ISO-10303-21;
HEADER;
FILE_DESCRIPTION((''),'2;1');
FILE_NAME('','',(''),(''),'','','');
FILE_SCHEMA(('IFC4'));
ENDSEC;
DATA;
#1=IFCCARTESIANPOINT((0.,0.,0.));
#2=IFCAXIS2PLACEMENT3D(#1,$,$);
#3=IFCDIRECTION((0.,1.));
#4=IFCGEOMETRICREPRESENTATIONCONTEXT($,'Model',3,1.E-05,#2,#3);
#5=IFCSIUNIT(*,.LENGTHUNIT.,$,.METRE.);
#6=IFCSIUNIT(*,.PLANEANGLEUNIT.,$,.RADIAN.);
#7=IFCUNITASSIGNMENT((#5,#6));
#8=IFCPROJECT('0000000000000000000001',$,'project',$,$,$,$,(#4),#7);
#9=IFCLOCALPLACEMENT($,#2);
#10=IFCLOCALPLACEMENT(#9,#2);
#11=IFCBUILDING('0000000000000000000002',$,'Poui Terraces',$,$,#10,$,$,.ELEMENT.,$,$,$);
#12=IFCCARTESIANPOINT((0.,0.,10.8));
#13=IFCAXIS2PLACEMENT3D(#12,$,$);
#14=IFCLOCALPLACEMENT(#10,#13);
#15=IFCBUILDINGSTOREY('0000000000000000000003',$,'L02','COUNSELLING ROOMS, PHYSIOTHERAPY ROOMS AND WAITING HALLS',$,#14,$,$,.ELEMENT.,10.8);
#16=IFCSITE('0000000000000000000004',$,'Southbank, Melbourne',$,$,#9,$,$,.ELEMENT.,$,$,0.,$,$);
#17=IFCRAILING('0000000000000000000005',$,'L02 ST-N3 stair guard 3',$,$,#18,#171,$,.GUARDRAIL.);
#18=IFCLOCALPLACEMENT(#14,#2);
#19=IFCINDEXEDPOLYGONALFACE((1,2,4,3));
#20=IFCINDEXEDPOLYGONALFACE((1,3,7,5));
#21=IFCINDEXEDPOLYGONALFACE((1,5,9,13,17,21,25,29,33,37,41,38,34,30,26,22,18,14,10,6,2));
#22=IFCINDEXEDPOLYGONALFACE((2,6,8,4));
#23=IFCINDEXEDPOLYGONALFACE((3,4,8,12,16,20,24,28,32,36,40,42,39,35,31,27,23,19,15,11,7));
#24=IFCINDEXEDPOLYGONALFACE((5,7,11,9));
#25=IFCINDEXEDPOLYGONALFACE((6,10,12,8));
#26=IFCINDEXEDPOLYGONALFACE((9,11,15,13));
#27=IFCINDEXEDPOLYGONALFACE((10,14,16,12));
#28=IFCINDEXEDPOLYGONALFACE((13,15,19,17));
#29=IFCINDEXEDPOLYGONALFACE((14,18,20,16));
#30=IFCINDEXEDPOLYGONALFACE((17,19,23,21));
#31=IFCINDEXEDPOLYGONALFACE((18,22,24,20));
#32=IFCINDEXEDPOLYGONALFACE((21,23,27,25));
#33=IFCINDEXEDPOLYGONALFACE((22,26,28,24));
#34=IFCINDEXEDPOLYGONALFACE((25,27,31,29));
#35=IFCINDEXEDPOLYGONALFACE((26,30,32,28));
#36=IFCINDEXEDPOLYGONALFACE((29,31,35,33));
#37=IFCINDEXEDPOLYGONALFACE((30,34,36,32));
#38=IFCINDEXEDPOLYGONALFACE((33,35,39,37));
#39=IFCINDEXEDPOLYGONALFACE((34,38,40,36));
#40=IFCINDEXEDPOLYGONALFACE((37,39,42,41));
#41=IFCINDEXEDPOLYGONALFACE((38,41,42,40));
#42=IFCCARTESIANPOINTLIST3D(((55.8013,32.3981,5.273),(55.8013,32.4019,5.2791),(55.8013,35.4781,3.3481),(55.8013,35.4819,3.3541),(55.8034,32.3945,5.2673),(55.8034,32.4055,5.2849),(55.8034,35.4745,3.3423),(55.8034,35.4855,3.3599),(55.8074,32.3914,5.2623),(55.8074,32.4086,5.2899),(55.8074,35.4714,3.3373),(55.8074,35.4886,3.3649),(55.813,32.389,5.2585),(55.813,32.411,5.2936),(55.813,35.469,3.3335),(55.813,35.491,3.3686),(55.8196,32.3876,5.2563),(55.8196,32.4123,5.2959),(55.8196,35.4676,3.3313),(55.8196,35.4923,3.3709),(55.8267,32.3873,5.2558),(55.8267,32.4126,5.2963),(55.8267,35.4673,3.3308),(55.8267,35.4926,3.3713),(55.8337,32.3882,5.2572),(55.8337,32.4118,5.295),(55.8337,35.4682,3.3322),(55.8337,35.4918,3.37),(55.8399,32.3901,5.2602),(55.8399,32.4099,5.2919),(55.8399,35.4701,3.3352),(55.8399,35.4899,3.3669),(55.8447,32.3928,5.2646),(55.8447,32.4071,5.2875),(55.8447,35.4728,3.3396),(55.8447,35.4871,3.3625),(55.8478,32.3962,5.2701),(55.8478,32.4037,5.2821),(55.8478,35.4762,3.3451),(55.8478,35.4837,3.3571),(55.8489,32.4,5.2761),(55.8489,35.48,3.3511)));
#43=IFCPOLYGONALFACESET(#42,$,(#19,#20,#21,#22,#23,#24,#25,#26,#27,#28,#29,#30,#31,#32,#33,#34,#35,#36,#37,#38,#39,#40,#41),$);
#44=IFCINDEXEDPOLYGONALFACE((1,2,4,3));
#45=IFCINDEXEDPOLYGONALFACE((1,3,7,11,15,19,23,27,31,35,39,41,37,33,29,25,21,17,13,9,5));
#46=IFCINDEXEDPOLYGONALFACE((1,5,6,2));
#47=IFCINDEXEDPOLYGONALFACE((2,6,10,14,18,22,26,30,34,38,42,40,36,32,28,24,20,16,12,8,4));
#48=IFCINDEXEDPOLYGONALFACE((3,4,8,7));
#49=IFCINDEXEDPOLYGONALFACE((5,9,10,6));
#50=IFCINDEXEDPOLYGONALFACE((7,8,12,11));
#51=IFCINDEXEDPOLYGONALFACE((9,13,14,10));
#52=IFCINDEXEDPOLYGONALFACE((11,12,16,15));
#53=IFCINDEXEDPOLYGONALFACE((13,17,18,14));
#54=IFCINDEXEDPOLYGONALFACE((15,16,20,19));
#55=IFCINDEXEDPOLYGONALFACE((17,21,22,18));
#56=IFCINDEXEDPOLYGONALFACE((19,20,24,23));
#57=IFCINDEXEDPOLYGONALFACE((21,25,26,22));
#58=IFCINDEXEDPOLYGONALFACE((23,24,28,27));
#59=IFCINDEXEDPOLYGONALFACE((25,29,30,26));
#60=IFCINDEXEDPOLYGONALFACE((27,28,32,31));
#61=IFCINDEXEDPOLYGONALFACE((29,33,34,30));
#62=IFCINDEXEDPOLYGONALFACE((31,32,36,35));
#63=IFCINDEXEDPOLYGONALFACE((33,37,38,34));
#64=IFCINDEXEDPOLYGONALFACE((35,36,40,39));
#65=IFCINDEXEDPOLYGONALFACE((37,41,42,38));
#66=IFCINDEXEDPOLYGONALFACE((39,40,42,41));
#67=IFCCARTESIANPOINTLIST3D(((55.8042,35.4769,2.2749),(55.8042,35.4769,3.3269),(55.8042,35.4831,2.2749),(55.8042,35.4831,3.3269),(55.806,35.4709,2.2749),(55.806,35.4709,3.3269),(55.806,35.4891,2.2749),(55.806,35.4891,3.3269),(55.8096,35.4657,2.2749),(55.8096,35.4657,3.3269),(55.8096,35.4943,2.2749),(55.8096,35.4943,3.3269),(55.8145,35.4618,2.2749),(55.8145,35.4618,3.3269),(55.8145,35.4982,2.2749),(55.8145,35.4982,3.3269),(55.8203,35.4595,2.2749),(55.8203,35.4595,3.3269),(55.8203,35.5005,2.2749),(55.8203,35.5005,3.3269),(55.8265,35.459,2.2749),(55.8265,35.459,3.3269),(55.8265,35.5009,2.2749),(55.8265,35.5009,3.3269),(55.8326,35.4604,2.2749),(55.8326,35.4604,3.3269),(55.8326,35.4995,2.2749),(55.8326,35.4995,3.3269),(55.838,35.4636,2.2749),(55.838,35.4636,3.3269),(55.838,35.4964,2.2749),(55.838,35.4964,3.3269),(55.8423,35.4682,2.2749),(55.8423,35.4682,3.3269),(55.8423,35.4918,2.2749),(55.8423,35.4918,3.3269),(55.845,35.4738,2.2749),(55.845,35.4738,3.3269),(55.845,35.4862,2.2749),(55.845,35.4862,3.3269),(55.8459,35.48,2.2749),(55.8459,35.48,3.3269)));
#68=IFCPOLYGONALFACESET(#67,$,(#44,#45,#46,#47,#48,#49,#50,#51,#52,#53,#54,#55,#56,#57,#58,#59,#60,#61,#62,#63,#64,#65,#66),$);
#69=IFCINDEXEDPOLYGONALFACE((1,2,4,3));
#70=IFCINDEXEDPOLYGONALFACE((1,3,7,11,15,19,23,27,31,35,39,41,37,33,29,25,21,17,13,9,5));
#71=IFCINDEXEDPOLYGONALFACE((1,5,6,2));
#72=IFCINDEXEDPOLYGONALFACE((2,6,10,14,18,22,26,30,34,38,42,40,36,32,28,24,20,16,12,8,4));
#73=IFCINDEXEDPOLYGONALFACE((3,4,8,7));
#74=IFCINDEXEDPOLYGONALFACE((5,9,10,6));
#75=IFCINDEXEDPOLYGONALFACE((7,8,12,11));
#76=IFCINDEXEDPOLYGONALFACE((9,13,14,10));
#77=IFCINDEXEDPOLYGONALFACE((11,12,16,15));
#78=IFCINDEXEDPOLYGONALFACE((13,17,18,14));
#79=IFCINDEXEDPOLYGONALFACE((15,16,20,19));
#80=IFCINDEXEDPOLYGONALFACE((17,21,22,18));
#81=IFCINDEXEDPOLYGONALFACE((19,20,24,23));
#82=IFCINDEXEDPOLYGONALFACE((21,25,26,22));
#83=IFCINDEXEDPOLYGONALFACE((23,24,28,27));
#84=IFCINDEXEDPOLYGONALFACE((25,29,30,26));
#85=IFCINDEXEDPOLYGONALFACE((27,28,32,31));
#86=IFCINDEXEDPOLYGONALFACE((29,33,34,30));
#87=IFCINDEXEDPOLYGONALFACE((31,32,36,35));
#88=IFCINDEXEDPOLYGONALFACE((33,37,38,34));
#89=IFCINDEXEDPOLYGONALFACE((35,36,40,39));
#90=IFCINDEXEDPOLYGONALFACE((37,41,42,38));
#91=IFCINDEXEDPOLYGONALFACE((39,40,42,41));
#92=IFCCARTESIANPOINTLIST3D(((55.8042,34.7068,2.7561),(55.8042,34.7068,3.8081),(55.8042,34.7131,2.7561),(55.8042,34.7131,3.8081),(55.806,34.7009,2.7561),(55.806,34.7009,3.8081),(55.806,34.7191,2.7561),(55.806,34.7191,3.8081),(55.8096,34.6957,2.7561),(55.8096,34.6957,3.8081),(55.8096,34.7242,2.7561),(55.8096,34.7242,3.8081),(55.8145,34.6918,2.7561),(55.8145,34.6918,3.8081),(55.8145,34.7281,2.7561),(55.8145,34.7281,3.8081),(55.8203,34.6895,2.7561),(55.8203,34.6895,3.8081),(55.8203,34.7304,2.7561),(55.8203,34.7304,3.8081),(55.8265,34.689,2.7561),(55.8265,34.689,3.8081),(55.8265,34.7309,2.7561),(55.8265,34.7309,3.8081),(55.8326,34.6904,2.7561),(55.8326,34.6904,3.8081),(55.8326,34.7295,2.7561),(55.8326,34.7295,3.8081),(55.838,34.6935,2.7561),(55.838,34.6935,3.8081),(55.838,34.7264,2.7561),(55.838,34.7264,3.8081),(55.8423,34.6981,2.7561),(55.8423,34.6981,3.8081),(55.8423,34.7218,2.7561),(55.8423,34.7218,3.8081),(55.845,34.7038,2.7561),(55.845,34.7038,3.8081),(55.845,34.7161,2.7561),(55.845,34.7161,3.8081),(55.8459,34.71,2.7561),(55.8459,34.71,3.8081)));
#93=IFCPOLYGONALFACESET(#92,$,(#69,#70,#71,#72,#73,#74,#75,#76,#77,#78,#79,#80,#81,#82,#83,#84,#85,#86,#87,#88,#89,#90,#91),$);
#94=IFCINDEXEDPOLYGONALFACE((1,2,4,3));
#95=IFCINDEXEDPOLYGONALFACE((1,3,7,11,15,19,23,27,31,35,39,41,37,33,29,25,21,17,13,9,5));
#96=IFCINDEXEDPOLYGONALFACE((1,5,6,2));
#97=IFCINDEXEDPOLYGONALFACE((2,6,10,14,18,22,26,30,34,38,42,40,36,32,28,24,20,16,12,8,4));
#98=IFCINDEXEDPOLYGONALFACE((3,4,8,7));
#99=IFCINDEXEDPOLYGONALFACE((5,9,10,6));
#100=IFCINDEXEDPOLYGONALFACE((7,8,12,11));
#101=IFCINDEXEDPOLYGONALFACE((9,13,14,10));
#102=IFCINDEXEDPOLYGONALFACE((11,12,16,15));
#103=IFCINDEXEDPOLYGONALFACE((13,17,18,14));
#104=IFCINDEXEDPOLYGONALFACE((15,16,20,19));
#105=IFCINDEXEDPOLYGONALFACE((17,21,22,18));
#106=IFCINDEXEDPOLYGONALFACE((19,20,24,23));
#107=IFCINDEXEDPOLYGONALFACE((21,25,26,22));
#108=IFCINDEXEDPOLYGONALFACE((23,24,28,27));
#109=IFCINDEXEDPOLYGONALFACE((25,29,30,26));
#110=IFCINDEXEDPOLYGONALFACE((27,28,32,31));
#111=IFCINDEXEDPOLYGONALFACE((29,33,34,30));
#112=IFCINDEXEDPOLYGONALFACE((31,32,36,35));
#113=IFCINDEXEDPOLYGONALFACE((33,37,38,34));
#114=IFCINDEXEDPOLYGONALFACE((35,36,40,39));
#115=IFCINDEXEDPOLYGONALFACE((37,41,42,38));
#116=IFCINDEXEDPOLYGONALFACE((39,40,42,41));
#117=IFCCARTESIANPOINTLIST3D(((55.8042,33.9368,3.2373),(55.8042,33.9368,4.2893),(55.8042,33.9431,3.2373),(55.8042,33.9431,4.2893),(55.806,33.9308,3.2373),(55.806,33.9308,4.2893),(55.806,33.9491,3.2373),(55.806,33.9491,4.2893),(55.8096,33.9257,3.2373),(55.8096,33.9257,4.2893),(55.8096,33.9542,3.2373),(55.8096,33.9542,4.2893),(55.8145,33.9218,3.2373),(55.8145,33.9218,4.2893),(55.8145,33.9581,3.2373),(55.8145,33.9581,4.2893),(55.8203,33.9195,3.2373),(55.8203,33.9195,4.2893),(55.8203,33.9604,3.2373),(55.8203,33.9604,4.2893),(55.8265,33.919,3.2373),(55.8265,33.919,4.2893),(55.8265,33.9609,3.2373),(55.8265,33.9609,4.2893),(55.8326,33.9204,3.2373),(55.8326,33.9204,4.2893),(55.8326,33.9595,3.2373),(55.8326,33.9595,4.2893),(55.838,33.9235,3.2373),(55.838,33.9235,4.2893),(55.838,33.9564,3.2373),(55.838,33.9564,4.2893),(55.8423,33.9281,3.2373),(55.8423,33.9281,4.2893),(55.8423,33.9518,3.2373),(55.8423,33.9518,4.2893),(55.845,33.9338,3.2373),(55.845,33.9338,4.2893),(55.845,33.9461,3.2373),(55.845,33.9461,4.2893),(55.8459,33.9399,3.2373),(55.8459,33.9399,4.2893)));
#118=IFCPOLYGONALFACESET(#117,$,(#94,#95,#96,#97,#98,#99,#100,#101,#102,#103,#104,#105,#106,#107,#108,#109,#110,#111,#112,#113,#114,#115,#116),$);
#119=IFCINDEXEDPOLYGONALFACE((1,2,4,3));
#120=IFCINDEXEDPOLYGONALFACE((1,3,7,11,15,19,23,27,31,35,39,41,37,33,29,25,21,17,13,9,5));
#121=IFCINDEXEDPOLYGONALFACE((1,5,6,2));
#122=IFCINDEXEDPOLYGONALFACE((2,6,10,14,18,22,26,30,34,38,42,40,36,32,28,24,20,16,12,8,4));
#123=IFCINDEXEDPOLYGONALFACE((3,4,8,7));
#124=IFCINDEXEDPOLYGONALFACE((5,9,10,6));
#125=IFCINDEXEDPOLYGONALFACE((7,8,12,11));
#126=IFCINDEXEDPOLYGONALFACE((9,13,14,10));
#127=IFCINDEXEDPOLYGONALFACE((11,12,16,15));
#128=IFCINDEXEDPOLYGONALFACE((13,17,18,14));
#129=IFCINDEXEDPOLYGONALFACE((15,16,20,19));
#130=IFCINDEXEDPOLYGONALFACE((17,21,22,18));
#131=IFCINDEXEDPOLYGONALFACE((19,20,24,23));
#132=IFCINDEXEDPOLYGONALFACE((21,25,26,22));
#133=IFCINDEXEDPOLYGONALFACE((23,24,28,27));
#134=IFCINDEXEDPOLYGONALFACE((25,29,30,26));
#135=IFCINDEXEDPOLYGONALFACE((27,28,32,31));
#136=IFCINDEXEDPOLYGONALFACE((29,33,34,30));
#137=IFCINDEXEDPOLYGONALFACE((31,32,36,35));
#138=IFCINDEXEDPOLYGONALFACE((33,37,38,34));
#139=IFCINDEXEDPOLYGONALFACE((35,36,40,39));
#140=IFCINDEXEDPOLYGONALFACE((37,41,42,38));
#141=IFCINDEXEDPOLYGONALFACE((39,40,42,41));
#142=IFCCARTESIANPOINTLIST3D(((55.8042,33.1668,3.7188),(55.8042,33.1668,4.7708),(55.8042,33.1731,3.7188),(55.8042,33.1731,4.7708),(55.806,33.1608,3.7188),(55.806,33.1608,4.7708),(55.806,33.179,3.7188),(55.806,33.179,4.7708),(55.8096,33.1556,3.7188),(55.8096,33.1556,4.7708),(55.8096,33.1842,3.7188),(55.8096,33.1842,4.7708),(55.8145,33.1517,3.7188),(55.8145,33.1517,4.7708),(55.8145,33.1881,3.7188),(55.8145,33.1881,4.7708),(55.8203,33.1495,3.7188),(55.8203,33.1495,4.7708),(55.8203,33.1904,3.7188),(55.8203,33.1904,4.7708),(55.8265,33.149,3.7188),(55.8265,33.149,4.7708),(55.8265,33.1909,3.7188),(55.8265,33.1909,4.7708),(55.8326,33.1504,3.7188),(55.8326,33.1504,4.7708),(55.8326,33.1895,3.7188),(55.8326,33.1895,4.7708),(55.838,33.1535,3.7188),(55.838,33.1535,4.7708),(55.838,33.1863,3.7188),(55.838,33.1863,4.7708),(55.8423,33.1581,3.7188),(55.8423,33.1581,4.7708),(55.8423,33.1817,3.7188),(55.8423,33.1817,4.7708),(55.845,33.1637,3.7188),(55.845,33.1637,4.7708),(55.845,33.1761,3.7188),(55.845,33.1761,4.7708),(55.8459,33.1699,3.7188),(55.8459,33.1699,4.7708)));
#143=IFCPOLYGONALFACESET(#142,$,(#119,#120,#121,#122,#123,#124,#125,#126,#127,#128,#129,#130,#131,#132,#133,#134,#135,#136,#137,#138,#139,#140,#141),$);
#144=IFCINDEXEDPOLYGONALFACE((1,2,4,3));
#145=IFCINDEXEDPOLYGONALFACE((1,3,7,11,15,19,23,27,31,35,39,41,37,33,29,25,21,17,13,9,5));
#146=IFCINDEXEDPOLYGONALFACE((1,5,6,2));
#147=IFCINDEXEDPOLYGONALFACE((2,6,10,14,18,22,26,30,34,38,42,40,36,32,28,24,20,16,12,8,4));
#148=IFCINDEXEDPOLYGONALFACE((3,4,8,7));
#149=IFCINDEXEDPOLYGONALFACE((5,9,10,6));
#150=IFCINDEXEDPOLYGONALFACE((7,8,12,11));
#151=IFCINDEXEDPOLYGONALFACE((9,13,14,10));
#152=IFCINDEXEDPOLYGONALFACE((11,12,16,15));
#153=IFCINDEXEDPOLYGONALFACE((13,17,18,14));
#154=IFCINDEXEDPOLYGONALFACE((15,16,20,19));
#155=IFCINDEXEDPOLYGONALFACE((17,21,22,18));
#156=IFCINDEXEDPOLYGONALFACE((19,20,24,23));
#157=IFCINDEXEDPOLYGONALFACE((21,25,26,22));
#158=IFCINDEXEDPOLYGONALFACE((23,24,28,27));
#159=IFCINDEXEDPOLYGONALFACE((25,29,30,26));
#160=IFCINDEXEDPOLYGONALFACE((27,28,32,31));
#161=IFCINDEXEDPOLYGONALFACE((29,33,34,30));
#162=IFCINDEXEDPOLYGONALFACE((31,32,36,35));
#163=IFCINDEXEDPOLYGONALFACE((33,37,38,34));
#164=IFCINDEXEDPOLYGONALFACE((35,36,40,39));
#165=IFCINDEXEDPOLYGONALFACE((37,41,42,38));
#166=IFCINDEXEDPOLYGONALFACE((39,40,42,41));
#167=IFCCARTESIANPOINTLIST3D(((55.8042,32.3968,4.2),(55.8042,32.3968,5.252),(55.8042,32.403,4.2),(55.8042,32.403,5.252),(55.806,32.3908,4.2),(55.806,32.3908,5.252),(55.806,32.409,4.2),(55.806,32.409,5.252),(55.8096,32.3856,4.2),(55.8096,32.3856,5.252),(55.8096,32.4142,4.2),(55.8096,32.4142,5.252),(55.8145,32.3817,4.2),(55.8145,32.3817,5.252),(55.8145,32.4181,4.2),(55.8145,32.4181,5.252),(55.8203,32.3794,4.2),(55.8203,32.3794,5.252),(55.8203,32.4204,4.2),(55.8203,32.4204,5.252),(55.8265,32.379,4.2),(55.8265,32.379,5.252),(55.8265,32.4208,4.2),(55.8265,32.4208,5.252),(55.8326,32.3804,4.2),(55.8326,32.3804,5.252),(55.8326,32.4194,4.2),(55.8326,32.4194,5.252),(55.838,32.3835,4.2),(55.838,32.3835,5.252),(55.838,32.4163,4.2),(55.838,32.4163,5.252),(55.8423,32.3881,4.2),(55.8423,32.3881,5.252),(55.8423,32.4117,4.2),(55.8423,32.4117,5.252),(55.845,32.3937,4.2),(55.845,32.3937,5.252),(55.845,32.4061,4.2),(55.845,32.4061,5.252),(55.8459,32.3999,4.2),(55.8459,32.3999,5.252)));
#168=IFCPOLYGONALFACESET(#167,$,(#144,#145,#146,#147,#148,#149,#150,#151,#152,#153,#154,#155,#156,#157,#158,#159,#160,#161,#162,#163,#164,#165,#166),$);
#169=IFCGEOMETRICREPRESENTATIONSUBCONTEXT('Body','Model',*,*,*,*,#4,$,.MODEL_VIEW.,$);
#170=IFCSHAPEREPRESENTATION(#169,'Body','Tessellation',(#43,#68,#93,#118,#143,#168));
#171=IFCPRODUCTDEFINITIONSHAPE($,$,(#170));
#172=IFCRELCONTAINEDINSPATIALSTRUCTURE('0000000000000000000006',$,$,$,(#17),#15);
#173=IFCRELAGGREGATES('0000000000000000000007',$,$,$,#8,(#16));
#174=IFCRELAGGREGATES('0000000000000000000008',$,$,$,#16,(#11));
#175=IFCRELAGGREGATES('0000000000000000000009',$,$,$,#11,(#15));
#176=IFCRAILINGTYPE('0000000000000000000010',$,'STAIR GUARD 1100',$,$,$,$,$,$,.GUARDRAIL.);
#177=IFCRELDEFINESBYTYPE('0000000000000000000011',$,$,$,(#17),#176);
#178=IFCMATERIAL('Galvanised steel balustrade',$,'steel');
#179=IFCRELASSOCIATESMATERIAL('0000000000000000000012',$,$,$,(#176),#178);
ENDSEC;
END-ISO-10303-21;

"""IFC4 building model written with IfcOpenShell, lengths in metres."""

from ifc_helpers import new_model, si_unit, direction, frame, origin, origin_2d, place, context, subcontext, project, spatial, circle, extrude, material, type_object, element, save


model = new_model("IFC4")

# Units and contexts
model_context = context("Model", 3, precision=1e-05, world=origin(), true_north=direction((0.0, 1.0)))
body_context = subcontext(model_context, "Body", "Model", "MODEL_VIEW")
ifc_project = project(units=[si_unit("LENGTHUNIT", "METRE"), si_unit("PLANEANGLEUNIT", "RADIAN")], contexts=[model_context])

# Site, building, storey
site_placement = place(None, origin())
site = spatial("IfcSite", under=ifc_project, at=site_placement, Name="Southbank, Melbourne", CompositionType="ELEMENT", RefElevation=0.0)
building_placement = place(site_placement, origin())
building = spatial("IfcBuilding", under=site, at=building_placement, Name="Poui Terraces", CompositionType="ELEMENT")
storey_placement = place(building_placement, frame((0.0, 0.0, 10.8)))
storey = spatial("IfcBuildingStorey", under=building, at=storey_placement, Name="L02", Description="COUNSELLING ROOMS, PHYSIOTHERAPY ROOMS AND WAITING HALLS", CompositionType="ELEMENT", Elevation=10.8)

# Railing
ifc_material_1 = material(Name="Galvanised steel balustrade", Category="steel")
railing_type_1 = type_object("IfcRailingType", Name="STAIR GUARD 1100", PredefinedType="GUARDRAIL", material=ifc_material_1)
railing_1_placement = place(storey_placement, frame((55.825, 35.48, 2.2749)))
element("IfcRailing", 1, at=railing_1_placement, inside=storey, type_object=railing_type_1, Name="L02 ST-N3 stair guard 3", PredefinedType="GUARDRAIL", context=body_context, shape_type="SweptSolid", body=[
    extrude(circle(Radius=0.0239, at=origin_2d()), frame((0.0, 0.0, 1.0762), z_axis=(0.0, -0.847998, 0.529999), x_axis=(1.0, 0.0, 0.0)), (0.0, 0.0, 1.0), 3.6321),
    extrude(circle(Radius=0.021, at=origin_2d()), origin(), (0.0, 0.0, 1.0), 1.052),
    extrude(circle(Radius=0.021, at=origin_2d()), frame((0.0, -0.77, 0.4812)), (0.0, 0.0, 1.0), 1.052),
    extrude(circle(Radius=0.021, at=origin_2d()), frame((0.0, -1.54, 0.9624)), (0.0, 0.0, 1.0), 1.052),
    extrude(circle(Radius=0.021, at=origin_2d()), frame((0.0, -2.3101, 1.4438)), (0.0, 0.0, 1.0), 1.052),
    extrude(circle(Radius=0.021, at=origin_2d()), frame((0.0, -3.0801, 1.925)), (0.0, 0.0, 1.0), 1.052),
])

save(model, "model.ifc")
